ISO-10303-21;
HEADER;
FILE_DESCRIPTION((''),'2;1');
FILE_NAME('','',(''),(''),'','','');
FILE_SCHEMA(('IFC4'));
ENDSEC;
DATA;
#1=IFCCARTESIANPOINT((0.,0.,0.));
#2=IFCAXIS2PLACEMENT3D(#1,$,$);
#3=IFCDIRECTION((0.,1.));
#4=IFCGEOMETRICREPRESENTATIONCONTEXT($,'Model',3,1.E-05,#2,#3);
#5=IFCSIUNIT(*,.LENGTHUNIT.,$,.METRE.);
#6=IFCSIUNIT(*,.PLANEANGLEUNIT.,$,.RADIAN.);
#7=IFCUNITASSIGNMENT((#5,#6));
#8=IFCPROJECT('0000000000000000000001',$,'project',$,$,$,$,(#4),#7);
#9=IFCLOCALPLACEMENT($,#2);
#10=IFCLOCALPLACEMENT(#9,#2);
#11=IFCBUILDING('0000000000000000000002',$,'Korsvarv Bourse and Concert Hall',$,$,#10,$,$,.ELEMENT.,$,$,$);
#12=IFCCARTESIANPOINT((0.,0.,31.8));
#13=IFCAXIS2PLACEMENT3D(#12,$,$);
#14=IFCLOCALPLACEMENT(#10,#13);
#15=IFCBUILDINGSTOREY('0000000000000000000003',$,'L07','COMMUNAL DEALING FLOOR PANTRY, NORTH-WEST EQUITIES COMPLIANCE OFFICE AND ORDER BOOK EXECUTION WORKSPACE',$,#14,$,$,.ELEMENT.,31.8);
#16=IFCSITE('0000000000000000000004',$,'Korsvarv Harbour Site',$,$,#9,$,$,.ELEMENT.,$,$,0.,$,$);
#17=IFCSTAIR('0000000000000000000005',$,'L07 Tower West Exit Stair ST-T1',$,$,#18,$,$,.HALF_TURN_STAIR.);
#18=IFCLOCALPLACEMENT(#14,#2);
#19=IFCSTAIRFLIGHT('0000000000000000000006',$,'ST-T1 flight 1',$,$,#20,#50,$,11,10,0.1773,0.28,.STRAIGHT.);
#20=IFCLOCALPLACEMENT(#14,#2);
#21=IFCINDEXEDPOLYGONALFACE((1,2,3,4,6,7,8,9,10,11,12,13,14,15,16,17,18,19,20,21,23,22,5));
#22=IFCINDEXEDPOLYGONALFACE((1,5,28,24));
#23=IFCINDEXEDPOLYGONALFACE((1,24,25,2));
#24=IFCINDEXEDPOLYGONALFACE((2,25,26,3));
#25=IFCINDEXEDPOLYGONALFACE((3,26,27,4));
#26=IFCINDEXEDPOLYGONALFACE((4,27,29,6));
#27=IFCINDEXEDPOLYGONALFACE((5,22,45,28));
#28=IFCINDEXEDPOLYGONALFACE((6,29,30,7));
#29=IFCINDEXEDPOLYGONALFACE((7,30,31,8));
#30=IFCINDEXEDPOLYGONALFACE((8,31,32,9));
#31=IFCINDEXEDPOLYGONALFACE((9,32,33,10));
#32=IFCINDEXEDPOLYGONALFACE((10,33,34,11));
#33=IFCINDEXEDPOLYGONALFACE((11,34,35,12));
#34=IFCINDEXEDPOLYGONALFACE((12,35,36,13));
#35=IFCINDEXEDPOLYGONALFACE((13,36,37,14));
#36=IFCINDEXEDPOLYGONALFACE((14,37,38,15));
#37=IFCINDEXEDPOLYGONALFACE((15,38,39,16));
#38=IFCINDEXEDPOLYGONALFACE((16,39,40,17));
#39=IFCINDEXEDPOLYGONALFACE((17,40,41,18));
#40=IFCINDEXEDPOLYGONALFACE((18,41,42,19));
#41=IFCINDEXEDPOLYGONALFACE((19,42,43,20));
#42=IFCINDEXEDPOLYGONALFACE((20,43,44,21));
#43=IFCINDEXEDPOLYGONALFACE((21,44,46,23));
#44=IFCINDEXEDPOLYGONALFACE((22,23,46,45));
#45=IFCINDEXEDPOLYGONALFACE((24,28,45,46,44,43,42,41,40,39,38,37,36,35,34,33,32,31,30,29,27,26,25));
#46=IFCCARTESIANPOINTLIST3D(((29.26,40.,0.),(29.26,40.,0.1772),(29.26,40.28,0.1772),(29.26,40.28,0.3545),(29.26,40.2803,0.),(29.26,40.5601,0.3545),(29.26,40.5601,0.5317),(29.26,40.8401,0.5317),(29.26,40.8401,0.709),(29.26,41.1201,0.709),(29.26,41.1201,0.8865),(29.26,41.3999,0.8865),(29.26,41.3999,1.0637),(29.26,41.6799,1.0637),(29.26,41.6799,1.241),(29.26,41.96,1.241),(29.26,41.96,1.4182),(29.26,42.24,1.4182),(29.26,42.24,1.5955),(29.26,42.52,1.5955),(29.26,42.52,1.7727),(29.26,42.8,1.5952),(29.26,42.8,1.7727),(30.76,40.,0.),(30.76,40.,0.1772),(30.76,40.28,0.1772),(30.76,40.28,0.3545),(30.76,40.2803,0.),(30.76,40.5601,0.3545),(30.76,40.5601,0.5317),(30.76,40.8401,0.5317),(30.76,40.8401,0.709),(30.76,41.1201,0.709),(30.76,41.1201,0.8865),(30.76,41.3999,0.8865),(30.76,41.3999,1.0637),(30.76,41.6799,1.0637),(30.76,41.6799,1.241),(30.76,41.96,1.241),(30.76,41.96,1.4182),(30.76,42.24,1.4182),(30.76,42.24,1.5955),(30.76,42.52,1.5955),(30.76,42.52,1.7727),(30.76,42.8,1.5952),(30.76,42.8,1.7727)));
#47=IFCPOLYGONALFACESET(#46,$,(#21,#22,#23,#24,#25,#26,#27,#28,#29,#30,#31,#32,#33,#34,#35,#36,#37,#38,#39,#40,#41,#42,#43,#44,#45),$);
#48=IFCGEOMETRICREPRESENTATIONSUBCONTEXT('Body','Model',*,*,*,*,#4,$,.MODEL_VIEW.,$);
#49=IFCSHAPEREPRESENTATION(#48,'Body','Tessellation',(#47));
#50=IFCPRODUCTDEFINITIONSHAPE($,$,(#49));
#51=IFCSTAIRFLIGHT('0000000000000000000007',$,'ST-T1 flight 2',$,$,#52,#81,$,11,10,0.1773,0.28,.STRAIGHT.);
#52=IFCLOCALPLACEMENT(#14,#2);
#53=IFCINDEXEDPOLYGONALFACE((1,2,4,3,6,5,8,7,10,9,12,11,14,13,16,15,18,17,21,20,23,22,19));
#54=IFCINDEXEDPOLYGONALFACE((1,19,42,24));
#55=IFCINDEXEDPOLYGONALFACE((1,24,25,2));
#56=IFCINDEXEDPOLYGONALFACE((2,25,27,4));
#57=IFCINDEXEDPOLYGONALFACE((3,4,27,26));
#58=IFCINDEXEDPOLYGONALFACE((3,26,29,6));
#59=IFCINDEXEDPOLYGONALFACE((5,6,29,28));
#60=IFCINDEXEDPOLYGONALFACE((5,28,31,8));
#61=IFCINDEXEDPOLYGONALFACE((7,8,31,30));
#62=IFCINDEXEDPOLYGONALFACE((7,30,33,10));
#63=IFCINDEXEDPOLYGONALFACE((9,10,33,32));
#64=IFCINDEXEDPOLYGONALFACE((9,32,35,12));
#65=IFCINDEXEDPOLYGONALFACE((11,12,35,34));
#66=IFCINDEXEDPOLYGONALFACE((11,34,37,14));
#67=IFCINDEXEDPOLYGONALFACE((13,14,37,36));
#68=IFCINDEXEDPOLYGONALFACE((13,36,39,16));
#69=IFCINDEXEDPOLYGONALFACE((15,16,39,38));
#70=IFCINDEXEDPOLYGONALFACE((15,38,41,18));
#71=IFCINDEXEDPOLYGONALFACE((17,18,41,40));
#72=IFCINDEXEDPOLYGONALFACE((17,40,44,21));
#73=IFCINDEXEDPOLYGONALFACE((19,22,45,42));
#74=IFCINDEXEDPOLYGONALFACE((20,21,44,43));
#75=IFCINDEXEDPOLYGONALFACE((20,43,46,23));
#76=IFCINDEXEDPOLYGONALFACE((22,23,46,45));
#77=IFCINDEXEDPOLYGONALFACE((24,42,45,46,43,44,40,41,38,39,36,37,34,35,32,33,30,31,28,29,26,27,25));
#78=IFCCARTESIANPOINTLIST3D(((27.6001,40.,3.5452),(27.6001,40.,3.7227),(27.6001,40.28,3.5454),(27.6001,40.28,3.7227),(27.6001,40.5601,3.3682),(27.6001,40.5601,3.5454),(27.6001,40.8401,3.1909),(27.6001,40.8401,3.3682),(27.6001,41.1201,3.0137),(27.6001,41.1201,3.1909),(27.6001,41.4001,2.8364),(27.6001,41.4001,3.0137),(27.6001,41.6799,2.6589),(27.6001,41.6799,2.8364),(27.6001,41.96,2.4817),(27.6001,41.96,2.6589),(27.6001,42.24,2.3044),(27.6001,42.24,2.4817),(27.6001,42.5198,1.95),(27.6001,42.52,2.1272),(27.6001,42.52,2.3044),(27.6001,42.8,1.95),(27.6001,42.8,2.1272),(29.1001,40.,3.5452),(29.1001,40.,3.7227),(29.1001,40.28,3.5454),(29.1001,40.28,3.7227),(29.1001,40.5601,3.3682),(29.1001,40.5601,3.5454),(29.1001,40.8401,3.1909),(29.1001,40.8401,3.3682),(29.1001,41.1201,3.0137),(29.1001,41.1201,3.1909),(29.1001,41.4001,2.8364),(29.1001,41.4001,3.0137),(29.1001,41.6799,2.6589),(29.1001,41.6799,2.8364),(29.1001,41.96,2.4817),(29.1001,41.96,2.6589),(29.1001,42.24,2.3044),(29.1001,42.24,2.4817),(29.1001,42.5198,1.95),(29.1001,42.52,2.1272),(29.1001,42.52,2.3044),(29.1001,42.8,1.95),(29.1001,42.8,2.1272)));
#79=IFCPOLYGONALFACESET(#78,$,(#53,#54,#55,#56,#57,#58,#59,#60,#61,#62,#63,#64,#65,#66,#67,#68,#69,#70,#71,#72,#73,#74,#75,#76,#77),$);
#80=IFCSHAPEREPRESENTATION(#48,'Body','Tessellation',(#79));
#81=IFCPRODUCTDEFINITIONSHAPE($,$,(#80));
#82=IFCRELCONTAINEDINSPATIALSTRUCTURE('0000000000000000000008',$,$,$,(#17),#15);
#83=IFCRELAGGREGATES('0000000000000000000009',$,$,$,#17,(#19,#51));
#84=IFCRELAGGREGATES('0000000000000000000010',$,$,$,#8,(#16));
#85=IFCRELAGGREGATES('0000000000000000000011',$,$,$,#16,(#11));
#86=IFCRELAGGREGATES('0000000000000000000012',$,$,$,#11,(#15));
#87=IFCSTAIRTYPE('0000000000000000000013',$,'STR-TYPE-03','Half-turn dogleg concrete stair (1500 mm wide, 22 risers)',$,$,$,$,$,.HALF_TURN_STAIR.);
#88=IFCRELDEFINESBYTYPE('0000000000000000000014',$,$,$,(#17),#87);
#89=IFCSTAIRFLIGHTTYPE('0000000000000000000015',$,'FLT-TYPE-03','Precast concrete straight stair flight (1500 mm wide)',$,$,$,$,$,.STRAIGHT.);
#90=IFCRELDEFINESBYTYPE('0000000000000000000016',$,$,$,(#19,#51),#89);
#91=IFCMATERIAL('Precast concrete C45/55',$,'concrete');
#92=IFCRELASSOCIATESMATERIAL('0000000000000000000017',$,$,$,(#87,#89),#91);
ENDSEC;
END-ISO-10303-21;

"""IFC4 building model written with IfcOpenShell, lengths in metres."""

from ifc_helpers import new_model, si_unit, direction, frame, origin, place, context, subcontext, project, spatial, polyline, outline, extrude, material, type_object, element, aggregate, save


model = new_model("IFC4")

# Units and contexts
model_context = context("Model", 3, precision=1e-05, world=origin(), true_north=direction((0.0, 1.0)))
body_context = subcontext(model_context, "Body", "Model", "MODEL_VIEW")
ifc_project = project(units=[si_unit("LENGTHUNIT", "METRE"), si_unit("PLANEANGLEUNIT", "RADIAN")], contexts=[model_context])

# Site, building, storey
site_placement = place(None, origin())
site = spatial("IfcSite", under=ifc_project, at=site_placement, Name="Korsvarv Harbour Site", CompositionType="ELEMENT", RefElevation=0.0)
building_placement = place(site_placement, origin())
building = spatial("IfcBuilding", under=site, at=building_placement, Name="Korsvarv Bourse and Concert Hall", CompositionType="ELEMENT")
storey_placement = place(building_placement, frame((0.0, 0.0, 31.8)))
storey = spatial("IfcBuildingStorey", under=building, at=storey_placement, Name="L07", Description="COMMUNAL DEALING FLOOR PANTRY, NORTH-WEST EQUITIES COMPLIANCE OFFICE AND ORDER BOOK EXECUTION WORKSPACE", CompositionType="ELEMENT", Elevation=31.8)

# Stair, stair flights
ifc_material_1 = material(Name="Precast concrete C45/55", Category="concrete")
stair_type = type_object("IfcStairType", Name="STR-TYPE-03", Description="Half-turn dogleg concrete stair (1500 mm wide, 22 risers)", PredefinedType="HALF_TURN_STAIR", material=ifc_material_1)
stair_placement = place(storey_placement, origin())
stair = element("IfcStair", 1, at=stair_placement, inside=storey, type_object=stair_type, Name="L07 Tower West Exit Stair ST-T1", PredefinedType="HALF_TURN_STAIR")
stair_flight_type = type_object("IfcStairFlightType", Name="FLT-TYPE-03", Description="Precast concrete straight stair flight (1500 mm wide)", PredefinedType="STRAIGHT", material=ifc_material_1)
stair_flight_1_placement = place(storey_placement, frame((30.01, 40.0, 0.0), z_axis=(0.0, 0.0, 1.0), x_axis=(0.0, 1.0, 0.0)))
stair_flight_1 = element("IfcStairFlight", 2, at=stair_flight_1_placement, type_object=stair_flight_type, Name="ST-T1 flight 1", NumberOfRisers=11, NumberOfTreads=10, PredefinedType="STRAIGHT", RiserHeight=0.1773, TreadLength=0.28, context=body_context, shape_type="SweptSolid", body=[
    extrude(outline(polyline([(0.0, 0.0), (0.0, 0.1772), (0.28, 0.1772), (0.28, 0.3545), (0.5601, 0.3545), (0.5601, 0.5317), (0.8401, 0.5317), (0.8401, 0.709), (1.1201, 0.709), (1.1201, 0.8865), (1.3999, 0.8865), (1.3999, 1.0637), (1.6799, 1.0637), (1.6799, 1.241), (1.96, 1.241), (1.96, 1.4182), (2.24, 1.4182), (2.24, 1.5955), (2.52, 1.5955), (2.52, 1.7727), (2.8, 1.7727), (2.8, 1.95), (2.8, 1.5952), (0.2803, 0.0), (0.0, 0.0)])), frame((0.0, 0.75, 0.0), z_axis=(0.0, -1.0, 0.0), x_axis=(1.0, 0.0, 0.0)), (0.0, 0.0, 1.0), 1.5),
])
stair_flight_2_placement = place(storey_placement, frame((28.3501, 42.8, 1.95), z_axis=(0.0, 0.0, 1.0), x_axis=(0.0, -1.0, 0.0)))
stair_flight_2 = element("IfcStairFlight", 3, at=stair_flight_2_placement, type_object=stair_flight_type, Name="ST-T1 flight 2", NumberOfRisers=11, NumberOfTreads=10, PredefinedType="STRAIGHT", RiserHeight=0.1773, TreadLength=0.28, context=body_context, shape_type="SweptSolid", body=[
    extrude(outline(polyline([(0.0, 0.0), (0.0, 0.1772), (0.28, 0.1772), (0.28, 0.3545), (0.5601, 0.3545), (0.5601, 0.5317), (0.8401, 0.5317), (0.8401, 0.709), (1.1201, 0.709), (1.1201, 0.8865), (1.3999, 0.8865), (1.3999, 1.0637), (1.6799, 1.0637), (1.6799, 1.241), (1.96, 1.241), (1.96, 1.4182), (2.24, 1.4182), (2.24, 1.5955), (2.52, 1.5955), (2.52, 1.7727), (2.8, 1.7727), (2.8, 1.95), (2.8, 1.5952), (0.2803, 0.0), (0.0, 0.0)])), frame((0.0, 0.75, 0.0), z_axis=(0.0, -1.0, 0.0), x_axis=(1.0, 0.0, 0.0)), (0.0, 0.0, 1.0), 1.5),
])
aggregate(stair, [stair_flight_1, stair_flight_2])

save(model, "model.ifc")
